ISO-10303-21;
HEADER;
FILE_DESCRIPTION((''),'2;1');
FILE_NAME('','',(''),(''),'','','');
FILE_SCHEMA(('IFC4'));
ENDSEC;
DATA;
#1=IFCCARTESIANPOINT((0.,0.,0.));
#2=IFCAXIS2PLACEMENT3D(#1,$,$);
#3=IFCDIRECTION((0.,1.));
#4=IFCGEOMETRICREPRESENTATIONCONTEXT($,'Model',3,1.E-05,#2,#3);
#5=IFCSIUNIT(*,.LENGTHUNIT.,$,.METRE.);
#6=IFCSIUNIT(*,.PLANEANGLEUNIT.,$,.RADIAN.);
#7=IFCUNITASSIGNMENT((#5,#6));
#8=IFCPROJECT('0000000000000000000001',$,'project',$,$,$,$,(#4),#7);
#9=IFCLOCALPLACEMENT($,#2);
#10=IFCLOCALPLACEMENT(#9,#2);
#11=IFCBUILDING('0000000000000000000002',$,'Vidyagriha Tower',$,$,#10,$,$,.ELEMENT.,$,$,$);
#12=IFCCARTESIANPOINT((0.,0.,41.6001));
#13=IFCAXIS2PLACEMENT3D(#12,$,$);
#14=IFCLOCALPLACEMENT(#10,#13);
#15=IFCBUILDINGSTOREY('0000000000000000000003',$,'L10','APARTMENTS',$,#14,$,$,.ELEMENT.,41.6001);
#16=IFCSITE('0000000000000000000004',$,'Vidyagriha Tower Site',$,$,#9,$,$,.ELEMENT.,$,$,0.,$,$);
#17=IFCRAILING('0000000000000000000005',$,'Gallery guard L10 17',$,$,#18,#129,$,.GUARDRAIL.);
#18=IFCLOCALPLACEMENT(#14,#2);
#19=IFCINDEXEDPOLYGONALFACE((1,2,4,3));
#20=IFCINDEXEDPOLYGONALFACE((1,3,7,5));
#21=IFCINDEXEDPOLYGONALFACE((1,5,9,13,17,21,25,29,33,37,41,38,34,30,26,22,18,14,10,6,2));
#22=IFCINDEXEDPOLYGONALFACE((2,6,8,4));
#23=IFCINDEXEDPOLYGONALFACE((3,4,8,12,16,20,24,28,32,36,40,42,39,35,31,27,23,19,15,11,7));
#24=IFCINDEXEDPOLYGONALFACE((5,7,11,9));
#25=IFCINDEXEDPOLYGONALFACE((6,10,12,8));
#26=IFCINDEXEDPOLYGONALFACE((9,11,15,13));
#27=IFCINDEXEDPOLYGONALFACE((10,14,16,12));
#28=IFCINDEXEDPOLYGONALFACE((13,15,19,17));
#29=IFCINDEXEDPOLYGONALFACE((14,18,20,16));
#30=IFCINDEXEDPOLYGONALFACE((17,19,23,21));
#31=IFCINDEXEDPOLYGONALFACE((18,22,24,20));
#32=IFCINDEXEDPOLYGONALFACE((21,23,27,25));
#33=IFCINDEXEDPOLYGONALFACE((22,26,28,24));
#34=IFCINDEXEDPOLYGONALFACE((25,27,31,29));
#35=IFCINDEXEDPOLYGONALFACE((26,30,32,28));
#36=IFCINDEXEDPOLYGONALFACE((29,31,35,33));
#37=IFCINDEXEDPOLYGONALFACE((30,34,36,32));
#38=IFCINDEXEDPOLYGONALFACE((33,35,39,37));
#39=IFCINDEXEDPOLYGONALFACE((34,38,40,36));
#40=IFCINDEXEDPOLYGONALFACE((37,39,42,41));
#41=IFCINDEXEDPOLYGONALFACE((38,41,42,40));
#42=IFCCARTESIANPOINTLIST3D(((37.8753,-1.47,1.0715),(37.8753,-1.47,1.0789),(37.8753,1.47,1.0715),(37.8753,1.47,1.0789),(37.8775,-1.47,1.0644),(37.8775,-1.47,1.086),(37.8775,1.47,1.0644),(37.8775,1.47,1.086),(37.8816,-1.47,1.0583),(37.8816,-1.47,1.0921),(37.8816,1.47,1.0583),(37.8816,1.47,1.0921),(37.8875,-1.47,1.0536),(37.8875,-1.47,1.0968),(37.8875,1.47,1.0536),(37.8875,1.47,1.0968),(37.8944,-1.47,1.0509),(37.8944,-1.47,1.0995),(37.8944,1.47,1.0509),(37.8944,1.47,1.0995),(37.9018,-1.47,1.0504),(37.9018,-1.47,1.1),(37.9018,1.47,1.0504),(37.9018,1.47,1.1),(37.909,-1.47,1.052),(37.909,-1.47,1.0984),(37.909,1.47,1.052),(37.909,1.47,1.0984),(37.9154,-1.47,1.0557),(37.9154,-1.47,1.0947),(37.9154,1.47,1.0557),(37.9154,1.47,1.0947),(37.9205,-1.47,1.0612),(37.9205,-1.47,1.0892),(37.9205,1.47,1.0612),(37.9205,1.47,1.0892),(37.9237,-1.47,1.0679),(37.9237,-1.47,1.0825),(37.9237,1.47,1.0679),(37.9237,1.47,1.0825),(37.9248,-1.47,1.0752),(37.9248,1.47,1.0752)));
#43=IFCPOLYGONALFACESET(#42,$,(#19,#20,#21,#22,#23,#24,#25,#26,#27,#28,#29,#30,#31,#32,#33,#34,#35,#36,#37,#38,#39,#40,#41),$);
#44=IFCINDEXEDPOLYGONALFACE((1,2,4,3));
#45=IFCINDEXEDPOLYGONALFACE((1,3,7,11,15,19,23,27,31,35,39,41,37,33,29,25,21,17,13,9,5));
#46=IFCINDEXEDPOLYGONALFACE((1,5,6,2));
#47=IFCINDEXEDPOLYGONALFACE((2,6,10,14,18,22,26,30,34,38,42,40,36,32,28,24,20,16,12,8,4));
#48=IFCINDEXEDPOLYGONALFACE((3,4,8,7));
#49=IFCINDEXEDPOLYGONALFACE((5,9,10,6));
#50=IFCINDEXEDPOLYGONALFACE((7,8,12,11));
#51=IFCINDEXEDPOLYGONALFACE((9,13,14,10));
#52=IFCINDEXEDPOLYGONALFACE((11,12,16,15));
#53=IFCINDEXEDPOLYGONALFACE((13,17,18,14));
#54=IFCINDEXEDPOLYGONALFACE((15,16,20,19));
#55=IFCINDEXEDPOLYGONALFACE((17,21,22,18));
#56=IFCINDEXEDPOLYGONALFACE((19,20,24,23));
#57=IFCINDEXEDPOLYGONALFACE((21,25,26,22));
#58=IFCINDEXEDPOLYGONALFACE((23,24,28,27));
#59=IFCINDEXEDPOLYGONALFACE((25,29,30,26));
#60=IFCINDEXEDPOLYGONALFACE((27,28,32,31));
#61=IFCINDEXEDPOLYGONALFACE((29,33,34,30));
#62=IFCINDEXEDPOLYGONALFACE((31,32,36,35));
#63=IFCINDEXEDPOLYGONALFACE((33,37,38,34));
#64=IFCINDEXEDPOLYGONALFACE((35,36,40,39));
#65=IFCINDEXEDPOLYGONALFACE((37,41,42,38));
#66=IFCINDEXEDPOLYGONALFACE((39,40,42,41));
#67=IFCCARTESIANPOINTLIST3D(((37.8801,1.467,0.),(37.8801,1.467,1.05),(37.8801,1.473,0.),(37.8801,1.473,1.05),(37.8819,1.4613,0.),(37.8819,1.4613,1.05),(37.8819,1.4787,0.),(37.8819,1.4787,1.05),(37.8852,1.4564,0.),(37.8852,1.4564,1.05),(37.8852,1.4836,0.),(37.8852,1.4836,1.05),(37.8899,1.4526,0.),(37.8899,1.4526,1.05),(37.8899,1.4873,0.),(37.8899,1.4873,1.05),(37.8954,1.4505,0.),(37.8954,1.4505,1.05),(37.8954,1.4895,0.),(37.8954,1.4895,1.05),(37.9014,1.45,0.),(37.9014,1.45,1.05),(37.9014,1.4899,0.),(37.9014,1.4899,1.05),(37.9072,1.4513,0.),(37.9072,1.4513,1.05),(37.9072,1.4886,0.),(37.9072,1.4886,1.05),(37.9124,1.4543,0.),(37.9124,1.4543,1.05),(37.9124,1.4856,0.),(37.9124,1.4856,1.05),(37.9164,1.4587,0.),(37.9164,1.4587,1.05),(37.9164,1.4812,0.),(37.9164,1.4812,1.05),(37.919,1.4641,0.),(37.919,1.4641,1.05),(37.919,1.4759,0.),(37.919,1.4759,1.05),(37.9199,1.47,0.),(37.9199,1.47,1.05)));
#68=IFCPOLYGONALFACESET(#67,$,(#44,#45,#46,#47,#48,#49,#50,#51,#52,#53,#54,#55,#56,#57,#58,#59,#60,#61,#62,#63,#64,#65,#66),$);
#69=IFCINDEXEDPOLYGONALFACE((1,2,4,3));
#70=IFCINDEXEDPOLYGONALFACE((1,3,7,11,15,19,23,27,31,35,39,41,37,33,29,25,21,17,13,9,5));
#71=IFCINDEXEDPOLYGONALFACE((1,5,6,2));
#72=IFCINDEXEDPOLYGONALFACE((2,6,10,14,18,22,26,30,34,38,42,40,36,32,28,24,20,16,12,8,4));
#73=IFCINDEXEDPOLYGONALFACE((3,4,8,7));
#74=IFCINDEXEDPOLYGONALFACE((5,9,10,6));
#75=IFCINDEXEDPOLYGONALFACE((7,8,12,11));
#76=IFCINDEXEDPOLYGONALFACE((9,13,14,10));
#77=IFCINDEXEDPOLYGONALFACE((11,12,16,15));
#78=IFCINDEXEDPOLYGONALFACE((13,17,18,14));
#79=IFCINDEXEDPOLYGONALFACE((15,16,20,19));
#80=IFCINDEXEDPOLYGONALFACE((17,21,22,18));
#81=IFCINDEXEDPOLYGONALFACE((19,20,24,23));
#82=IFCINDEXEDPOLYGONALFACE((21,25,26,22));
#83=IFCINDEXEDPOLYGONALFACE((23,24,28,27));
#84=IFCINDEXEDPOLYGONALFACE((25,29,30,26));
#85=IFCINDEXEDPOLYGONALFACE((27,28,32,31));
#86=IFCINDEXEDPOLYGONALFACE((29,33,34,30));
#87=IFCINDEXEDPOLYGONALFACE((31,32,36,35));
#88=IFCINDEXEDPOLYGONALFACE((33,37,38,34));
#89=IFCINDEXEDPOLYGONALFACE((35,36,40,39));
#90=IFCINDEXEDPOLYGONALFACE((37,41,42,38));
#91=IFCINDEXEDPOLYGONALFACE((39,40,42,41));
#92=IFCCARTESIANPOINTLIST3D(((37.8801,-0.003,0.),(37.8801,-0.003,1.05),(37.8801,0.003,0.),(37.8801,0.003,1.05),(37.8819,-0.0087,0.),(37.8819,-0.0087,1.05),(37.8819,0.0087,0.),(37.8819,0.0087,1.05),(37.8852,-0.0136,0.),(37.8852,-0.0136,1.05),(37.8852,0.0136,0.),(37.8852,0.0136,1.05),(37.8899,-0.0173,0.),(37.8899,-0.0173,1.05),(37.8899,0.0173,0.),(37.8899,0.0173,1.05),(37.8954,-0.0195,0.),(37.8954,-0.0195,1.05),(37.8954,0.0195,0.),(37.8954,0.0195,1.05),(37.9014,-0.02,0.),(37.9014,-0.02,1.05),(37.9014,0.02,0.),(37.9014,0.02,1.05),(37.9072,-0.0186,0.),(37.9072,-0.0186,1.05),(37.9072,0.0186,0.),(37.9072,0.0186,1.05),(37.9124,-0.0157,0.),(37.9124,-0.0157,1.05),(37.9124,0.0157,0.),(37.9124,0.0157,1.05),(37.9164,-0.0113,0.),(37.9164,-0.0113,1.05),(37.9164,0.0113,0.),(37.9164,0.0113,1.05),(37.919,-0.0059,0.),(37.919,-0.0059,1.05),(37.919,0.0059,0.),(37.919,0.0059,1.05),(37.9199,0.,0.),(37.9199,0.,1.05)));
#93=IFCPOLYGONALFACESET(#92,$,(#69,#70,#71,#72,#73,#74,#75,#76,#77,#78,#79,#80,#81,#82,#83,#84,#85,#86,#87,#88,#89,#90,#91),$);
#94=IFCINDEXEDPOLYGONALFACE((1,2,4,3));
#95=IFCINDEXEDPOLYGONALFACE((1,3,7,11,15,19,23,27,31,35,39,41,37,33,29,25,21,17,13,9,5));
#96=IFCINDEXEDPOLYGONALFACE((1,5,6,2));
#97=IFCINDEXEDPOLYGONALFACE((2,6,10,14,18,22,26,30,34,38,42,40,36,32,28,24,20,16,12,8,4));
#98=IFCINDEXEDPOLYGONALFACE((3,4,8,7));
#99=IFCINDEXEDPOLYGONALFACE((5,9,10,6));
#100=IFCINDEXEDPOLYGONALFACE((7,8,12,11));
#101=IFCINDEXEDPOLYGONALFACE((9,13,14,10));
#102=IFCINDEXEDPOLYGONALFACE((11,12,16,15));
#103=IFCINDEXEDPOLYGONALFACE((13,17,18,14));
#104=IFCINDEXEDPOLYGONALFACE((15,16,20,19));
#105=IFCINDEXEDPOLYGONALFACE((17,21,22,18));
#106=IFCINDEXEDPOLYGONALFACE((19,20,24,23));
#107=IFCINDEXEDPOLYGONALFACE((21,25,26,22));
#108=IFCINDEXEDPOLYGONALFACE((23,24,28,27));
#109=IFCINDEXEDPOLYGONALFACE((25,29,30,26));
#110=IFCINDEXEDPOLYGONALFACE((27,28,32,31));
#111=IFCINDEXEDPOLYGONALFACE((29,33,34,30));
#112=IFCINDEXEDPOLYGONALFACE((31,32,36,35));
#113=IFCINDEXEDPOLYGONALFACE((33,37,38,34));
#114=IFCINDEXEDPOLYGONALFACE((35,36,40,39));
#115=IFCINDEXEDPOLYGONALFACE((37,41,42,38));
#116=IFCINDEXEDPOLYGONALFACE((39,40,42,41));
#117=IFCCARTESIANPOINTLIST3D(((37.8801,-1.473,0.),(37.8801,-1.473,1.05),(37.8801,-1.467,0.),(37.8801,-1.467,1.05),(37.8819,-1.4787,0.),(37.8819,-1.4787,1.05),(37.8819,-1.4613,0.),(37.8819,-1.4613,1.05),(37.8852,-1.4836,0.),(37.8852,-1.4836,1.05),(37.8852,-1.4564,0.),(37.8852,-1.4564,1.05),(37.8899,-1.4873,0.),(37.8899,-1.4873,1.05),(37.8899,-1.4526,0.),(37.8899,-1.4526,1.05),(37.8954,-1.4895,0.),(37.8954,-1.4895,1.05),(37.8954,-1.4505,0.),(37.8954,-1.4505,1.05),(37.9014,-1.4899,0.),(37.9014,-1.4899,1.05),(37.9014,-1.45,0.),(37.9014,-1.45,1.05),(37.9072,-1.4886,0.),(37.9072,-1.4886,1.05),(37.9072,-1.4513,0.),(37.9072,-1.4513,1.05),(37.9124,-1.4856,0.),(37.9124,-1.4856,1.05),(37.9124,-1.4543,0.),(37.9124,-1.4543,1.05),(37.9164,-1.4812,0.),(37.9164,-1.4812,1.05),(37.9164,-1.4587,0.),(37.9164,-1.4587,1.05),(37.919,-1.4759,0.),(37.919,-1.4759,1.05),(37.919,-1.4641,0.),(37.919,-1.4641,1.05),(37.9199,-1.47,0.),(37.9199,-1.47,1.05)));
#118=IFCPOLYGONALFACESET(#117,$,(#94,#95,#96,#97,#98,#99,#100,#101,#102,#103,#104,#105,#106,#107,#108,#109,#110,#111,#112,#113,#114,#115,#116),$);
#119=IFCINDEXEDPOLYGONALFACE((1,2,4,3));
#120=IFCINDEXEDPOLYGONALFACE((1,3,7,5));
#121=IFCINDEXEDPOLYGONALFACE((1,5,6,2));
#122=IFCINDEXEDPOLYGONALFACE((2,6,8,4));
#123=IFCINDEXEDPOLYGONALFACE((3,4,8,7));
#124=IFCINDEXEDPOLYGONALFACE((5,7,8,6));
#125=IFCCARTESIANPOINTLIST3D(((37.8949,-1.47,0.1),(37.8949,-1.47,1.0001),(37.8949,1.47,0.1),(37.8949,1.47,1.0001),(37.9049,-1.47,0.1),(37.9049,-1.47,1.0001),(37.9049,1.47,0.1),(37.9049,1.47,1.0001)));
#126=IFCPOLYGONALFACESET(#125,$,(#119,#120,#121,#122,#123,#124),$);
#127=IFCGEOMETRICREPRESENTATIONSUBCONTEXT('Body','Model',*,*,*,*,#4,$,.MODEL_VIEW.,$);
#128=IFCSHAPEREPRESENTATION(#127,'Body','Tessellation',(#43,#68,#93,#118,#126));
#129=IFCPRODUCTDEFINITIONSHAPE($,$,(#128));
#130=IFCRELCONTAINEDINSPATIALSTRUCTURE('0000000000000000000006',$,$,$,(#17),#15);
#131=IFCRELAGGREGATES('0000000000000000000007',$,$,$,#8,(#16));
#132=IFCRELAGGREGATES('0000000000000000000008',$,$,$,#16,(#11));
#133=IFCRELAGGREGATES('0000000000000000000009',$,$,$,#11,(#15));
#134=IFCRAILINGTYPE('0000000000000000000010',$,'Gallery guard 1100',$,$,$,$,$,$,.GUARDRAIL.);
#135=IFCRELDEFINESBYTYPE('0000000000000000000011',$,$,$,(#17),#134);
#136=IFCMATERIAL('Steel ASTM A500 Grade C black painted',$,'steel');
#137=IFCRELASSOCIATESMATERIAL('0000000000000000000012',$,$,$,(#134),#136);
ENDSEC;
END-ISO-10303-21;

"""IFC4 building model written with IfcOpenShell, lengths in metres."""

from ifc_helpers import new_model, si_unit, direction, frame, origin, origin_2d, place, context, subcontext, project, spatial, rectangle, circle, extrude, material, type_object, element, save


model = new_model("IFC4")

# Units and contexts
model_context = context("Model", 3, precision=1e-05, world=origin(), true_north=direction((0.0, 1.0)))
body_context = subcontext(model_context, "Body", "Model", "MODEL_VIEW")
ifc_project = project(units=[si_unit("LENGTHUNIT", "METRE"), si_unit("PLANEANGLEUNIT", "RADIAN")], contexts=[model_context])

# Site, building, storey
site_placement = place(None, origin())
site = spatial("IfcSite", under=ifc_project, at=site_placement, Name="Vidyagriha Tower Site", CompositionType="ELEMENT", RefElevation=0.0)
building_placement = place(site_placement, origin())
building = spatial("IfcBuilding", under=site, at=building_placement, Name="Vidyagriha Tower", CompositionType="ELEMENT")
storey_placement = place(building_placement, frame((0.0, 0.0, 41.6001)))
storey = spatial("IfcBuildingStorey", under=building, at=storey_placement, Name="L10", Description="APARTMENTS", CompositionType="ELEMENT", Elevation=41.6001)

# Railing
ifc_material_1 = material(Name="Steel ASTM A500 Grade C black painted", Category="steel")
railing_type_1 = type_object("IfcRailingType", Name="Gallery guard 1100", PredefinedType="GUARDRAIL", material=ifc_material_1)
railing_1_placement = place(storey_placement, frame((37.8999, 1.47, 0.0)))
element("IfcRailing", 1, at=railing_1_placement, inside=storey, type_object=railing_type_1, Name="Gallery guard L10 17", PredefinedType="GUARDRAIL", context=body_context, shape_type="SweptSolid", body=[
    extrude(circle(Radius=0.0249, at=origin_2d()), frame((0.0, 0.0, 1.0752), z_axis=(0.0, -1.0, 0.0), x_axis=(1.0, 0.0, 0.0)), (0.0, 0.0, 1.0), 2.9399),
    extrude(circle(Radius=0.02, at=origin_2d()), origin(), (0.0, 0.0, 1.0), 1.05),
    extrude(circle(Radius=0.02, at=origin_2d()), frame((0.0, -1.47, 0.0)), (0.0, 0.0, 1.0), 1.05),
    extrude(circle(Radius=0.02, at=origin_2d()), frame((0.0, -2.9399, 0.0)), (0.0, 0.0, 1.0), 1.05),
    extrude(rectangle(XDim=0.01, YDim=0.9001, at=origin_2d()), frame((0.0, 0.0, 0.55), z_axis=(0.0, -1.0, 0.0), x_axis=(1.0, 0.0, 0.0)), (0.0, 0.0, 1.0), 2.9399),
])

save(model, "model.ifc")
